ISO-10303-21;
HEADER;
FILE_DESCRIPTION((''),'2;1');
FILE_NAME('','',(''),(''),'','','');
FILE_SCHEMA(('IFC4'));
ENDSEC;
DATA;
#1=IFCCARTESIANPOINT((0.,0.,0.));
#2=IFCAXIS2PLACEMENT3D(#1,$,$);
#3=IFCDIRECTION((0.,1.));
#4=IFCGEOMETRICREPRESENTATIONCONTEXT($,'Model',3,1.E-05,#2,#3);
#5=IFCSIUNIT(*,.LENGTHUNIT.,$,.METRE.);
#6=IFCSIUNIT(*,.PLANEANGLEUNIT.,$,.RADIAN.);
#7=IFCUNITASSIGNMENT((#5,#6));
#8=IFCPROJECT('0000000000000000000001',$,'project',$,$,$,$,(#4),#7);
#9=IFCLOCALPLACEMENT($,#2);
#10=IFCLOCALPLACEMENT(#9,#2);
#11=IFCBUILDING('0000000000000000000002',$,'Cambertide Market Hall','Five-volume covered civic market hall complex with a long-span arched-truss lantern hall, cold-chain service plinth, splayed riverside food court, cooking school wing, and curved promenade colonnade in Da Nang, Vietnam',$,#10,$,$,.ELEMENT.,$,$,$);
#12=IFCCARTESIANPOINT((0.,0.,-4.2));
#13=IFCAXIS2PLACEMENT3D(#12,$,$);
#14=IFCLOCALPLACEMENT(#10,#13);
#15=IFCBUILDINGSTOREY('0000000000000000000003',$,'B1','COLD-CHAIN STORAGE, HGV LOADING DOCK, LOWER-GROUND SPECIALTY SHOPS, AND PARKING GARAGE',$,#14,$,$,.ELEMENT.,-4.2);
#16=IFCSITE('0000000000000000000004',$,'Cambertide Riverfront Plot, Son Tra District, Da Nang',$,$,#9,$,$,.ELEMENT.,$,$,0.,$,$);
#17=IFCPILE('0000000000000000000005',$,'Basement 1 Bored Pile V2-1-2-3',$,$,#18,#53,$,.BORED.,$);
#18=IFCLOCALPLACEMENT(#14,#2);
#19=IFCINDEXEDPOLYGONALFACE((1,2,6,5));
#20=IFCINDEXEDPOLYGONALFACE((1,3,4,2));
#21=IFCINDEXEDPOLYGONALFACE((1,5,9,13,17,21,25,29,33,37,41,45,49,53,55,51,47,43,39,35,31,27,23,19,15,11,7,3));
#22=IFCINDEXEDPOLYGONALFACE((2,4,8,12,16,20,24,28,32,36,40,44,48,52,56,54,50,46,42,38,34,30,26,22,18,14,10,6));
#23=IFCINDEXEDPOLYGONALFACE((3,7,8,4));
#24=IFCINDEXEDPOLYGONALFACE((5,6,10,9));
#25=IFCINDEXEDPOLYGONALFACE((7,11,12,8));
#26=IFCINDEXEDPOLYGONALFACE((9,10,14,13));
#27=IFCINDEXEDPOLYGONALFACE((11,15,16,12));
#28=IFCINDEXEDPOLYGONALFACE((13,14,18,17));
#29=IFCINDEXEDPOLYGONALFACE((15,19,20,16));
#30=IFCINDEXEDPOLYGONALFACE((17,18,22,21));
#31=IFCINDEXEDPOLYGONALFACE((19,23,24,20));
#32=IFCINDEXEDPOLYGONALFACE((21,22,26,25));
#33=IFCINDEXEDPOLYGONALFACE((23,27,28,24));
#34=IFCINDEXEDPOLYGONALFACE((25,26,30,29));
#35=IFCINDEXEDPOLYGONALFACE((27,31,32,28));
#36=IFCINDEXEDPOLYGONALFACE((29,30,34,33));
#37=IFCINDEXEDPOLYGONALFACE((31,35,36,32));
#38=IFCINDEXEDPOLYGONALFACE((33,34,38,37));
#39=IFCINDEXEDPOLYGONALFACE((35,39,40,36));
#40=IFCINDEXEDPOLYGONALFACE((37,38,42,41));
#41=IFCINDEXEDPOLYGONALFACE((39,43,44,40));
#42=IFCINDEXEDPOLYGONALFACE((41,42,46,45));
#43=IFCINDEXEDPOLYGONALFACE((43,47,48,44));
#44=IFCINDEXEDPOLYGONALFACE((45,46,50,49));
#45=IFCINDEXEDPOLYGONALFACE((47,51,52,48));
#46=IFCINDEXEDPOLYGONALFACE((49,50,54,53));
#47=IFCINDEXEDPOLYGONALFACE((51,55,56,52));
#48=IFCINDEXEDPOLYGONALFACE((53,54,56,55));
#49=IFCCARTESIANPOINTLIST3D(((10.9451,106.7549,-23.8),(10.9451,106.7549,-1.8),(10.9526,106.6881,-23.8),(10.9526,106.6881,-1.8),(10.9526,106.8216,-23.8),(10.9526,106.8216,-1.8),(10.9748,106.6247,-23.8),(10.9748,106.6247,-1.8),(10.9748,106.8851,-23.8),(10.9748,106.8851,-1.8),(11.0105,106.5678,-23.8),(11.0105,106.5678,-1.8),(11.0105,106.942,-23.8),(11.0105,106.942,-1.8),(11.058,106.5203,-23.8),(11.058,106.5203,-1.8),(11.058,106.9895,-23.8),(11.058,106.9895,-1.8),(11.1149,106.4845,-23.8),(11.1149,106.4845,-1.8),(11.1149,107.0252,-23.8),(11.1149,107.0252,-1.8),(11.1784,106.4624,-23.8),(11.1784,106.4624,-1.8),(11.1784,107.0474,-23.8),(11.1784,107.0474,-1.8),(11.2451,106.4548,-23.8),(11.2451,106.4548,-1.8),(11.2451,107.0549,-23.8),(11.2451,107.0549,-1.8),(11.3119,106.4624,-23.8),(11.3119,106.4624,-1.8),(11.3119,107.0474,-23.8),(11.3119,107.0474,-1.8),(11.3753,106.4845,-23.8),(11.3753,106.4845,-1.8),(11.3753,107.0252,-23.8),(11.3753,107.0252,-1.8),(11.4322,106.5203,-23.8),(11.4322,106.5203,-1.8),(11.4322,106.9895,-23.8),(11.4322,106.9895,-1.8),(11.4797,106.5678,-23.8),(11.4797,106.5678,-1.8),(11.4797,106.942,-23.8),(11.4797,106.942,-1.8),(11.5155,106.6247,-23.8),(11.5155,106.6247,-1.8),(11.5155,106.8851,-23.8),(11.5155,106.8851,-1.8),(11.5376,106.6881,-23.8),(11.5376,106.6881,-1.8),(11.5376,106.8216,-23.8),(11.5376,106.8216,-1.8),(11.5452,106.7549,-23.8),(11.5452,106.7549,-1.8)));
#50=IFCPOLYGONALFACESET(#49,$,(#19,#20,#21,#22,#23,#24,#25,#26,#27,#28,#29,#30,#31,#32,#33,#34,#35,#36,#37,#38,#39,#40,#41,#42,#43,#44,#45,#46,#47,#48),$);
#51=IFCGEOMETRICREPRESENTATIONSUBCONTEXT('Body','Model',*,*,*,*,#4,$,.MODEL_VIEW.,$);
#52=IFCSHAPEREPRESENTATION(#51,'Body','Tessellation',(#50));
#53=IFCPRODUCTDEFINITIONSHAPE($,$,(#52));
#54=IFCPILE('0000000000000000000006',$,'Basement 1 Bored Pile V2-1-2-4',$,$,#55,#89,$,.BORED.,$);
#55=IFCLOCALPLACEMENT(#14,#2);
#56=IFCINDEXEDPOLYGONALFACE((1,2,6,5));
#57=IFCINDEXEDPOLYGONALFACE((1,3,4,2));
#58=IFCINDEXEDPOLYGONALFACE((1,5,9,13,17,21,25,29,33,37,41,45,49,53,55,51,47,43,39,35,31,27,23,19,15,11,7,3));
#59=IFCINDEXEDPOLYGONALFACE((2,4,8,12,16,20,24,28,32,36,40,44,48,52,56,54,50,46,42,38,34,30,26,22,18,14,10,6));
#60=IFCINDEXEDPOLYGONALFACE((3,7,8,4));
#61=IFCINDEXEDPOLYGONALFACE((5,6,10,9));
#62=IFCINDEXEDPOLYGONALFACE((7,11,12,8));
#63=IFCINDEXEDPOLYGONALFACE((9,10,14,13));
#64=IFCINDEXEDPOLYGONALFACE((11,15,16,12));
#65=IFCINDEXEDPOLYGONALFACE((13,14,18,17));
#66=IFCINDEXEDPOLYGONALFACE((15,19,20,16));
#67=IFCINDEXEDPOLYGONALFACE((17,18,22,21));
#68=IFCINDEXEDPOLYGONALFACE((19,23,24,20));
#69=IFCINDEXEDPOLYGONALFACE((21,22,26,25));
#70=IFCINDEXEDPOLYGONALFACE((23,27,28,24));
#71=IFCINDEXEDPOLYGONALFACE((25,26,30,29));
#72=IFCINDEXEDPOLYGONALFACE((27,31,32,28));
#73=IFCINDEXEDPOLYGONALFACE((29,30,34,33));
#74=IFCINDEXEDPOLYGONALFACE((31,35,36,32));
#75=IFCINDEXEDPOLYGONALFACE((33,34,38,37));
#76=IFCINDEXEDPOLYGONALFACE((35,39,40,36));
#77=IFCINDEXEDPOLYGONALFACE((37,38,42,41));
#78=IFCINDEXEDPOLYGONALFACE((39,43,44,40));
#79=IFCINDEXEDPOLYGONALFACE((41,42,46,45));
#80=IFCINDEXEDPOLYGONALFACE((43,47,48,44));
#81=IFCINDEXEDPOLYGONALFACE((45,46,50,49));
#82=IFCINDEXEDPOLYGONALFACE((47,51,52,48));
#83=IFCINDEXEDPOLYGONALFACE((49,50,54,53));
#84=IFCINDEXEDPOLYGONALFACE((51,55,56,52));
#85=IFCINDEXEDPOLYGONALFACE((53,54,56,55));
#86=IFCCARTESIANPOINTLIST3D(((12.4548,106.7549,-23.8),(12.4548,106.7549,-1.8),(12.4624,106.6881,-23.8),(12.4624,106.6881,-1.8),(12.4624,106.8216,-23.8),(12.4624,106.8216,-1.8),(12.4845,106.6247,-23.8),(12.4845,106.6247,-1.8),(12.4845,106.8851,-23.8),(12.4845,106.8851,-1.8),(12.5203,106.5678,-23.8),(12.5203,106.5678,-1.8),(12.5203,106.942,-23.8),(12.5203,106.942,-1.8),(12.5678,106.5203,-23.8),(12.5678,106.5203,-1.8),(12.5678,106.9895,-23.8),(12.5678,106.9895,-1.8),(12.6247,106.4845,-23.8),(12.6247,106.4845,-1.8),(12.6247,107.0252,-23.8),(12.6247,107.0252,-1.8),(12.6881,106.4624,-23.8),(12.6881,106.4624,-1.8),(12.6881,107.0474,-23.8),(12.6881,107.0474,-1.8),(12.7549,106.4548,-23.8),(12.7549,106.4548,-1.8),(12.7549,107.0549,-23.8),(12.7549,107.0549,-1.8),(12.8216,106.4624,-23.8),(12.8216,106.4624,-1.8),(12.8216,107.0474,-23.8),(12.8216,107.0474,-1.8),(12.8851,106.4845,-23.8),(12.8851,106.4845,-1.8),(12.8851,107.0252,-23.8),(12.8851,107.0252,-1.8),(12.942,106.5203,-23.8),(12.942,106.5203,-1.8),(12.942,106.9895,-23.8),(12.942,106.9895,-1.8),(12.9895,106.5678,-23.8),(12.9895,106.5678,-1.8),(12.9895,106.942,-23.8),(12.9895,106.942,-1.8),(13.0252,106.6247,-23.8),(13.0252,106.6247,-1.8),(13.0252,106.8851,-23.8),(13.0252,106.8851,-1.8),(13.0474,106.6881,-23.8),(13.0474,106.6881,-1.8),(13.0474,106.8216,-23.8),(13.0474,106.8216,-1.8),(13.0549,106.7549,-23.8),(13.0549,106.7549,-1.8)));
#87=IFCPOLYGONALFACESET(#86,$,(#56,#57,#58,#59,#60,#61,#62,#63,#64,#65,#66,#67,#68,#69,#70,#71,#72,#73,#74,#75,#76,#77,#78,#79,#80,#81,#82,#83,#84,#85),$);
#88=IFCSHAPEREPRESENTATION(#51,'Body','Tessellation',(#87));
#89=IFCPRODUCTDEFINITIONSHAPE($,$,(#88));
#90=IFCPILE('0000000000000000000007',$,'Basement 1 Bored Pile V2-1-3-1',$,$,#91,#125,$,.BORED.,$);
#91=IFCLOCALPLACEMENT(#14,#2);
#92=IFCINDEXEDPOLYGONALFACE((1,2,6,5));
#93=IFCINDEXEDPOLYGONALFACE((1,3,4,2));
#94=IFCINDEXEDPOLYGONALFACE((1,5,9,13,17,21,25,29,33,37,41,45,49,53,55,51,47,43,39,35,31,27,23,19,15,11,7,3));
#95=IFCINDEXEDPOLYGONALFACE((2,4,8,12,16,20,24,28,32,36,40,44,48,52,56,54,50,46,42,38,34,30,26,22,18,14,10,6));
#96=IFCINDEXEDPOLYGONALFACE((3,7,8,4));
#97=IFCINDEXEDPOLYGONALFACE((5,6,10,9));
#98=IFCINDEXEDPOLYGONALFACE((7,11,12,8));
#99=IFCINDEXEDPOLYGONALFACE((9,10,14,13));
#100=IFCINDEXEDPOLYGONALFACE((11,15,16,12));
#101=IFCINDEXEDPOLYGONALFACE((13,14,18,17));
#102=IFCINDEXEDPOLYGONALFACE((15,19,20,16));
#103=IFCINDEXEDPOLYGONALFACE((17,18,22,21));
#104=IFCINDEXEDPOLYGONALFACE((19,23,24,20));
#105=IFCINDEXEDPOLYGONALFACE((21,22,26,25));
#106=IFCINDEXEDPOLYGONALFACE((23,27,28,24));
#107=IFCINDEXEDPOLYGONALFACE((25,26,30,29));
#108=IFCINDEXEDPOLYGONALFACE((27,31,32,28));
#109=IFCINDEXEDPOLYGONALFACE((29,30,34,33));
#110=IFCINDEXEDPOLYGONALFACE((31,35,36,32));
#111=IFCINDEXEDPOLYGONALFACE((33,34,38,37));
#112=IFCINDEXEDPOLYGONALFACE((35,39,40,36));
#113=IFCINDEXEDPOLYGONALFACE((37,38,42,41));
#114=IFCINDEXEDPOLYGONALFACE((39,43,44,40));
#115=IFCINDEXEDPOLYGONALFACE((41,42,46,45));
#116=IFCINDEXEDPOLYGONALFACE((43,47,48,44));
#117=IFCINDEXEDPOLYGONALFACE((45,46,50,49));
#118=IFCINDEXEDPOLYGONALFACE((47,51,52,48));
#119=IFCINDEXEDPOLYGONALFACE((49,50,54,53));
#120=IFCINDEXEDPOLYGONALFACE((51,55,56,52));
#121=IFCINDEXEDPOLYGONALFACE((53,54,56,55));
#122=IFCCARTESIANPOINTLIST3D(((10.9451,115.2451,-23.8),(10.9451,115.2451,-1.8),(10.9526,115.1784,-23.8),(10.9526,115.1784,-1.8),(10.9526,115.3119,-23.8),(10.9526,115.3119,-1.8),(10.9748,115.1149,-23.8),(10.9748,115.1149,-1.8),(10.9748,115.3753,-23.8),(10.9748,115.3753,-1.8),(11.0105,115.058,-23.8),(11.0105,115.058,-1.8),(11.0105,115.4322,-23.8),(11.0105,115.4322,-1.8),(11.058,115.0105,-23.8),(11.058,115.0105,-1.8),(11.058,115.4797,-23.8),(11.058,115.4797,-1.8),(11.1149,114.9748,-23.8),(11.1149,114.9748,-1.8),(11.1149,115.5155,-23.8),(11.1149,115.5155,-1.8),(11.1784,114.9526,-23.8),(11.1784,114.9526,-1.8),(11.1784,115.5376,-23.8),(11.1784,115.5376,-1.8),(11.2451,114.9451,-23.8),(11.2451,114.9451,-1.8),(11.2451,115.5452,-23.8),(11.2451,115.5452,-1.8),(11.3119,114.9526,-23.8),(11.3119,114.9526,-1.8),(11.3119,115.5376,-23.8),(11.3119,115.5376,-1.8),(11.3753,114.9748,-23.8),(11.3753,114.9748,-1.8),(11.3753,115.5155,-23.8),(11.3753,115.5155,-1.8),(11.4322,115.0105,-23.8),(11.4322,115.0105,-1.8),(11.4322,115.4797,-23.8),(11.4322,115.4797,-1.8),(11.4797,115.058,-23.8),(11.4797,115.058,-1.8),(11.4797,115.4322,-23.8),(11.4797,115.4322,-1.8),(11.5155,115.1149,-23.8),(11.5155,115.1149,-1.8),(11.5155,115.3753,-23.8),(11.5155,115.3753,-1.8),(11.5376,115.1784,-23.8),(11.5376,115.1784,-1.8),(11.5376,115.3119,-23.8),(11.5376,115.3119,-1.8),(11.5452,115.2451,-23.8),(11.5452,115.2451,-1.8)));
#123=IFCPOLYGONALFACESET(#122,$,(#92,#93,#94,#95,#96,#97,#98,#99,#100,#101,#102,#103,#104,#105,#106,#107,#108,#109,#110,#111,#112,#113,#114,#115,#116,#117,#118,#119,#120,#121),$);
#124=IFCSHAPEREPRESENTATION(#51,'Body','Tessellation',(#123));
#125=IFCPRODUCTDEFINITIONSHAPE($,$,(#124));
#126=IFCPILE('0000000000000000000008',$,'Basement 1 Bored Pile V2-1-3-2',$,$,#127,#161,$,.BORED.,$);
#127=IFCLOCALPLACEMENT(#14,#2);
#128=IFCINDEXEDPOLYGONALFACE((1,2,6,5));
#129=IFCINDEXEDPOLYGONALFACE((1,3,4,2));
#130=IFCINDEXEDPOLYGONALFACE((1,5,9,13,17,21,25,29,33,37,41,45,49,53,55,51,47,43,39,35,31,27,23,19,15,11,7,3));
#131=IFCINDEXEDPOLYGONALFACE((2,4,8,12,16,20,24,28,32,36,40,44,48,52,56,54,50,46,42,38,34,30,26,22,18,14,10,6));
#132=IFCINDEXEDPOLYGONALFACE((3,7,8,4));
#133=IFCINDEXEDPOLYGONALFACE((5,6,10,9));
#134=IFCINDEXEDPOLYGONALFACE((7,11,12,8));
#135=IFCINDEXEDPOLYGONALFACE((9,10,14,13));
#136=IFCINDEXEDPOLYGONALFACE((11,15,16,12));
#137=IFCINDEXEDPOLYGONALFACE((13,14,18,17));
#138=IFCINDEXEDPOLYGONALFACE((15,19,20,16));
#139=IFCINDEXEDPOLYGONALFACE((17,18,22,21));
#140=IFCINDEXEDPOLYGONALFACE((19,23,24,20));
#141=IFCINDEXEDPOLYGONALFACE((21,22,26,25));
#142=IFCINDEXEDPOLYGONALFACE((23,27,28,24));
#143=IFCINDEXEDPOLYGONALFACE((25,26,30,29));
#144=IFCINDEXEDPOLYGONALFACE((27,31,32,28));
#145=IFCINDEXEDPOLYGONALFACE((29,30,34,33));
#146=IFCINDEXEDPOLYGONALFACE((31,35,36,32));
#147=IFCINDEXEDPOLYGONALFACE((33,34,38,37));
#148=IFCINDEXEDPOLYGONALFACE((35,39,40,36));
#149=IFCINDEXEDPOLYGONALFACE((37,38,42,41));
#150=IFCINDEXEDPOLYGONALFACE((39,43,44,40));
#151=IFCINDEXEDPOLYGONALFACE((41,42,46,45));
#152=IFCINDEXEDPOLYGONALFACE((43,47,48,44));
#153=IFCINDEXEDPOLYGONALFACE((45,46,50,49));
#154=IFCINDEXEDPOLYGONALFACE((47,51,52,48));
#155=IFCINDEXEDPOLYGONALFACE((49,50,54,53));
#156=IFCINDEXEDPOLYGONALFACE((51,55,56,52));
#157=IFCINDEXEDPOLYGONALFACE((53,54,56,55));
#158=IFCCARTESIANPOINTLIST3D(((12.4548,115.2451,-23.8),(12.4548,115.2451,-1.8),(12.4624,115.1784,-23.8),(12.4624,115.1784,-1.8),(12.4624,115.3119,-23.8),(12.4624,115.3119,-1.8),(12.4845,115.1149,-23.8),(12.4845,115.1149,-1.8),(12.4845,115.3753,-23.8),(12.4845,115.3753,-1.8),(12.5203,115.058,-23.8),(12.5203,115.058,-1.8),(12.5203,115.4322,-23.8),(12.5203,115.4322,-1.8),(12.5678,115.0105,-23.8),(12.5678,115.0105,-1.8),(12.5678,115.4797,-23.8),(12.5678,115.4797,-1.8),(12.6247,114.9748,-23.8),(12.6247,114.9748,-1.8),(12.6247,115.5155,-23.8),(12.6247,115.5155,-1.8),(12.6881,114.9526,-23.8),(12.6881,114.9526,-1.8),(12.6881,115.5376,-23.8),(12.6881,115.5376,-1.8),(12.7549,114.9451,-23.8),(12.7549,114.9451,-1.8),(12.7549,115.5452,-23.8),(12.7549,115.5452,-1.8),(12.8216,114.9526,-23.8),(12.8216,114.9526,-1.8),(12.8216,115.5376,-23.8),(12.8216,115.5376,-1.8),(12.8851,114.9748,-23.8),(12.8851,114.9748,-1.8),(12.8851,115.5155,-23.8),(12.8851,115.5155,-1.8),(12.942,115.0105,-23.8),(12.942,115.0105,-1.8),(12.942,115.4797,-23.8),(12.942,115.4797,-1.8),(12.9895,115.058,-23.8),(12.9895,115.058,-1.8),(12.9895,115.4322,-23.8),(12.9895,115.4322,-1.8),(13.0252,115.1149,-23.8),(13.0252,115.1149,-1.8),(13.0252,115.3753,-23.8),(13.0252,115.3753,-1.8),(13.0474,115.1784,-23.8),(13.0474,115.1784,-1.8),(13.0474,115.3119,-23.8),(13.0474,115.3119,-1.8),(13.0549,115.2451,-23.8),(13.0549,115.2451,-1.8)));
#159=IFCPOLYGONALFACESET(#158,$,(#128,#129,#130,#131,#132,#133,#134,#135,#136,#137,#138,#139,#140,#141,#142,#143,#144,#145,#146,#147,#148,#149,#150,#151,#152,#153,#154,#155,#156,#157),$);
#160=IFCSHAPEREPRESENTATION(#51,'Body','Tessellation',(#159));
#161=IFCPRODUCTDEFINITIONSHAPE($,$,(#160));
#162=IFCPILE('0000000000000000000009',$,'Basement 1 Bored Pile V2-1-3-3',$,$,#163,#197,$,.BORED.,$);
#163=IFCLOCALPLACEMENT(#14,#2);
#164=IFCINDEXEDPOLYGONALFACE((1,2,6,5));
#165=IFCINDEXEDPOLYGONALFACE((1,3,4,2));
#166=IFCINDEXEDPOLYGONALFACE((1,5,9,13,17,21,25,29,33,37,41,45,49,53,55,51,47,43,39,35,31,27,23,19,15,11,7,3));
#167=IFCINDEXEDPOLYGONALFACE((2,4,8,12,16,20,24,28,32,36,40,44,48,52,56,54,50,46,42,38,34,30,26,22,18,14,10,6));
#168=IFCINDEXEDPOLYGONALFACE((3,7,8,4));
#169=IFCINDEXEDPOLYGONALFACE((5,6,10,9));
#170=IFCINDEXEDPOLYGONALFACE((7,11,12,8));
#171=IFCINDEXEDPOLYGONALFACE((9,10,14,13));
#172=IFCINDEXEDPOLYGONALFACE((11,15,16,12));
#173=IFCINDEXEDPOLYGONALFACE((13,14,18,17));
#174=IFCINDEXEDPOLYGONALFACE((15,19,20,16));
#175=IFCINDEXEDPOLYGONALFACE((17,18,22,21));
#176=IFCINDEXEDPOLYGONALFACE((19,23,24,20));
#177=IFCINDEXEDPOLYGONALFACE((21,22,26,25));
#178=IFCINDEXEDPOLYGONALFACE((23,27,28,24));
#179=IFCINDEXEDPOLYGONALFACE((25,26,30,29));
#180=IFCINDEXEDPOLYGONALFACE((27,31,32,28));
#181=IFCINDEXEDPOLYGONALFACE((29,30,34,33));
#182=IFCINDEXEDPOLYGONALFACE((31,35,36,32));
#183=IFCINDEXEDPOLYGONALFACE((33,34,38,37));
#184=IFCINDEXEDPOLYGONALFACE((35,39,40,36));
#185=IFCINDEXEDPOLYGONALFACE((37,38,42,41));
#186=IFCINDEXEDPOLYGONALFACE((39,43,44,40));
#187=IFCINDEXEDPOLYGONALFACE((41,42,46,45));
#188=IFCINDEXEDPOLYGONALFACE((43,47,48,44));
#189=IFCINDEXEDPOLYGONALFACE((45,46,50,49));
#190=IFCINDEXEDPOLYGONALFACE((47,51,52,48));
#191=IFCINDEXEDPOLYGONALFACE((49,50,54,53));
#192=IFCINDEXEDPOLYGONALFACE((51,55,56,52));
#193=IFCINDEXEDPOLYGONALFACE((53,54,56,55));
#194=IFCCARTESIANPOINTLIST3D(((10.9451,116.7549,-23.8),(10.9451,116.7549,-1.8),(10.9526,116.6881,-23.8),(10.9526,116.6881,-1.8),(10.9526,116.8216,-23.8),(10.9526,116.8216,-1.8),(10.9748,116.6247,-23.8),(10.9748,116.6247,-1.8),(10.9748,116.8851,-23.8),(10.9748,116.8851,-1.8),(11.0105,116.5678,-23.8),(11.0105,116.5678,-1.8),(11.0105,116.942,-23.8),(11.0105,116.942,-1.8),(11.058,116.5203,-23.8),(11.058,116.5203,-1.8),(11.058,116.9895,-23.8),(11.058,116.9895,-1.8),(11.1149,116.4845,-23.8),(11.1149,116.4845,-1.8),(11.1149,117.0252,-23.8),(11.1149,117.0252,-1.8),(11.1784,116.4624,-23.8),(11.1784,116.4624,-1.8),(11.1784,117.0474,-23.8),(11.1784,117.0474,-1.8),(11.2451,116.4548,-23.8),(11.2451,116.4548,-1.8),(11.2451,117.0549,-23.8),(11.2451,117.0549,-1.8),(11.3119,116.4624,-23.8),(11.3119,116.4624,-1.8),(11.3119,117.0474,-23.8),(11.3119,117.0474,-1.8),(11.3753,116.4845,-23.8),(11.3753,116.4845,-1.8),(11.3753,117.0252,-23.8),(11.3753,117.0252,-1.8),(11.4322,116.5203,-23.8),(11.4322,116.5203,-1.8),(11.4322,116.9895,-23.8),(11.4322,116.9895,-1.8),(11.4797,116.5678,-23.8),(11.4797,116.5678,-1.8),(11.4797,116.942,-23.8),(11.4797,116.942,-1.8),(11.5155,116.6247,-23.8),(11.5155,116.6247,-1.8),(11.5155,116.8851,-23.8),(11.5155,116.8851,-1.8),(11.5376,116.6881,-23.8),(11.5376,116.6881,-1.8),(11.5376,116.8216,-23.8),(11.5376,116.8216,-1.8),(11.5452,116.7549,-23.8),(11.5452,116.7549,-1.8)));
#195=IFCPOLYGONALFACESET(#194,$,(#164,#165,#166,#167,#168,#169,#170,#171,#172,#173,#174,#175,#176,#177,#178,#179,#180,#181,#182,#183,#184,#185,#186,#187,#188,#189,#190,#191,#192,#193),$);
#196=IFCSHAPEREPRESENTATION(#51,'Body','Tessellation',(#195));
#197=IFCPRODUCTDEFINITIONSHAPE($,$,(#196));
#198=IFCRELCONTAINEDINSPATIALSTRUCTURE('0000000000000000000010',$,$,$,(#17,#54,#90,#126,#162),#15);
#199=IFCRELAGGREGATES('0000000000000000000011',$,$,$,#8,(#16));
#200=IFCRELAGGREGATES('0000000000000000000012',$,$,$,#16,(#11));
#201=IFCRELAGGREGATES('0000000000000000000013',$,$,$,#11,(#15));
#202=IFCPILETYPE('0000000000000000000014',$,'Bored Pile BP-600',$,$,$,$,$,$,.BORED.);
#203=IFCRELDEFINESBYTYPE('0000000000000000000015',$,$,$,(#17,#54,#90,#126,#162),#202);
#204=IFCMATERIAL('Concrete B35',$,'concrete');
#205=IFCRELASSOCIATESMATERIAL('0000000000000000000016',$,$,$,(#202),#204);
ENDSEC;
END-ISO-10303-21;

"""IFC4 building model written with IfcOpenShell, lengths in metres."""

from ifc_helpers import new_model, si_unit, direction, frame, origin, origin_2d, place, context, subcontext, project, spatial, circle, extrude, material, material_profile, profile_set, type_object, element, save


model = new_model("IFC4")

# Units and contexts
model_context = context("Model", 3, precision=1e-05, world=origin(), true_north=direction((0.0, 1.0)))
body_context = subcontext(model_context, "Body", "Model", "MODEL_VIEW")
ifc_project = project(units=[si_unit("LENGTHUNIT", "METRE"), si_unit("PLANEANGLEUNIT", "RADIAN")], contexts=[model_context])

# Site, building, storey
site_placement = place(None, origin())
site = spatial("IfcSite", under=ifc_project, at=site_placement, Name="Cambertide Riverfront Plot, Son Tra District, Da Nang", CompositionType="ELEMENT", RefElevation=0.0)
building_placement = place(site_placement, origin())
building = spatial("IfcBuilding", under=site, at=building_placement, Name="Cambertide Market Hall", Description="Five-volume covered civic market hall complex with a long-span arched-truss lantern hall, cold-chain service plinth, splayed riverside food court, cooking school wing, and curved promenade colonnade in Da Nang, Vietnam", CompositionType="ELEMENT")
storey_placement = place(building_placement, frame((0.0, 0.0, -4.2)))
storey = spatial("IfcBuildingStorey", under=building, at=storey_placement, Name="B1", Description="COLD-CHAIN STORAGE, HGV LOADING DOCK, LOWER-GROUND SPECIALTY SHOPS, AND PARKING GARAGE", CompositionType="ELEMENT", Elevation=-4.2)

# Piles
ifc_material_1 = material(Name="Concrete B35", Category="concrete")
ifc_material_profile_1 = material_profile(ifc_material_1, circle(Radius=0.3, at=origin_2d()), Name="BP D600")
ifc_profile_set_1 = profile_set([ifc_material_profile_1], Name="Concrete B35")
pile_type = type_object("IfcPileType", Name="Bored Pile BP-600", PredefinedType="BORED", material=ifc_profile_set_1)
for number, where, z_axis, x_axis, name in (
    (1, (11.2451, 106.7549, -1.8), (0.0, 0.0, -1.0), (1.0, 0.0, 0.0), "Basement 1 Bored Pile V2-1-2-3"),
    (2, (12.7549, 106.7549, -1.8), (0.0, 0.0, -1.0), (1.0, 0.0, 0.0), "Basement 1 Bored Pile V2-1-2-4"),
    (3, (11.2451, 115.2451, -1.8), (0.0, 0.0, -1.0), (1.0, 0.0, 0.0), "Basement 1 Bored Pile V2-1-3-1"),
    (4, (12.7549, 115.2451, -1.8), (0.0, 0.0, -1.0), (1.0, 0.0, 0.0), "Basement 1 Bored Pile V2-1-3-2"),
    (5, (11.2451, 116.7549, -1.8), (0.0, 0.0, -1.0), (1.0, 0.0, 0.0), "Basement 1 Bored Pile V2-1-3-3"),
):
    element("IfcPile", number, at=place(storey_placement, frame(where, z_axis=z_axis, x_axis=x_axis)), inside=storey, type_object=pile_type, Name=name, PredefinedType="BORED", context=body_context, shape_type="SweptSolid", body=[
        extrude(circle(Radius=0.3, at=origin_2d()), origin(), (0.0, 0.0, 1.0), 22.0),
    ])

save(model, "model.ifc")
